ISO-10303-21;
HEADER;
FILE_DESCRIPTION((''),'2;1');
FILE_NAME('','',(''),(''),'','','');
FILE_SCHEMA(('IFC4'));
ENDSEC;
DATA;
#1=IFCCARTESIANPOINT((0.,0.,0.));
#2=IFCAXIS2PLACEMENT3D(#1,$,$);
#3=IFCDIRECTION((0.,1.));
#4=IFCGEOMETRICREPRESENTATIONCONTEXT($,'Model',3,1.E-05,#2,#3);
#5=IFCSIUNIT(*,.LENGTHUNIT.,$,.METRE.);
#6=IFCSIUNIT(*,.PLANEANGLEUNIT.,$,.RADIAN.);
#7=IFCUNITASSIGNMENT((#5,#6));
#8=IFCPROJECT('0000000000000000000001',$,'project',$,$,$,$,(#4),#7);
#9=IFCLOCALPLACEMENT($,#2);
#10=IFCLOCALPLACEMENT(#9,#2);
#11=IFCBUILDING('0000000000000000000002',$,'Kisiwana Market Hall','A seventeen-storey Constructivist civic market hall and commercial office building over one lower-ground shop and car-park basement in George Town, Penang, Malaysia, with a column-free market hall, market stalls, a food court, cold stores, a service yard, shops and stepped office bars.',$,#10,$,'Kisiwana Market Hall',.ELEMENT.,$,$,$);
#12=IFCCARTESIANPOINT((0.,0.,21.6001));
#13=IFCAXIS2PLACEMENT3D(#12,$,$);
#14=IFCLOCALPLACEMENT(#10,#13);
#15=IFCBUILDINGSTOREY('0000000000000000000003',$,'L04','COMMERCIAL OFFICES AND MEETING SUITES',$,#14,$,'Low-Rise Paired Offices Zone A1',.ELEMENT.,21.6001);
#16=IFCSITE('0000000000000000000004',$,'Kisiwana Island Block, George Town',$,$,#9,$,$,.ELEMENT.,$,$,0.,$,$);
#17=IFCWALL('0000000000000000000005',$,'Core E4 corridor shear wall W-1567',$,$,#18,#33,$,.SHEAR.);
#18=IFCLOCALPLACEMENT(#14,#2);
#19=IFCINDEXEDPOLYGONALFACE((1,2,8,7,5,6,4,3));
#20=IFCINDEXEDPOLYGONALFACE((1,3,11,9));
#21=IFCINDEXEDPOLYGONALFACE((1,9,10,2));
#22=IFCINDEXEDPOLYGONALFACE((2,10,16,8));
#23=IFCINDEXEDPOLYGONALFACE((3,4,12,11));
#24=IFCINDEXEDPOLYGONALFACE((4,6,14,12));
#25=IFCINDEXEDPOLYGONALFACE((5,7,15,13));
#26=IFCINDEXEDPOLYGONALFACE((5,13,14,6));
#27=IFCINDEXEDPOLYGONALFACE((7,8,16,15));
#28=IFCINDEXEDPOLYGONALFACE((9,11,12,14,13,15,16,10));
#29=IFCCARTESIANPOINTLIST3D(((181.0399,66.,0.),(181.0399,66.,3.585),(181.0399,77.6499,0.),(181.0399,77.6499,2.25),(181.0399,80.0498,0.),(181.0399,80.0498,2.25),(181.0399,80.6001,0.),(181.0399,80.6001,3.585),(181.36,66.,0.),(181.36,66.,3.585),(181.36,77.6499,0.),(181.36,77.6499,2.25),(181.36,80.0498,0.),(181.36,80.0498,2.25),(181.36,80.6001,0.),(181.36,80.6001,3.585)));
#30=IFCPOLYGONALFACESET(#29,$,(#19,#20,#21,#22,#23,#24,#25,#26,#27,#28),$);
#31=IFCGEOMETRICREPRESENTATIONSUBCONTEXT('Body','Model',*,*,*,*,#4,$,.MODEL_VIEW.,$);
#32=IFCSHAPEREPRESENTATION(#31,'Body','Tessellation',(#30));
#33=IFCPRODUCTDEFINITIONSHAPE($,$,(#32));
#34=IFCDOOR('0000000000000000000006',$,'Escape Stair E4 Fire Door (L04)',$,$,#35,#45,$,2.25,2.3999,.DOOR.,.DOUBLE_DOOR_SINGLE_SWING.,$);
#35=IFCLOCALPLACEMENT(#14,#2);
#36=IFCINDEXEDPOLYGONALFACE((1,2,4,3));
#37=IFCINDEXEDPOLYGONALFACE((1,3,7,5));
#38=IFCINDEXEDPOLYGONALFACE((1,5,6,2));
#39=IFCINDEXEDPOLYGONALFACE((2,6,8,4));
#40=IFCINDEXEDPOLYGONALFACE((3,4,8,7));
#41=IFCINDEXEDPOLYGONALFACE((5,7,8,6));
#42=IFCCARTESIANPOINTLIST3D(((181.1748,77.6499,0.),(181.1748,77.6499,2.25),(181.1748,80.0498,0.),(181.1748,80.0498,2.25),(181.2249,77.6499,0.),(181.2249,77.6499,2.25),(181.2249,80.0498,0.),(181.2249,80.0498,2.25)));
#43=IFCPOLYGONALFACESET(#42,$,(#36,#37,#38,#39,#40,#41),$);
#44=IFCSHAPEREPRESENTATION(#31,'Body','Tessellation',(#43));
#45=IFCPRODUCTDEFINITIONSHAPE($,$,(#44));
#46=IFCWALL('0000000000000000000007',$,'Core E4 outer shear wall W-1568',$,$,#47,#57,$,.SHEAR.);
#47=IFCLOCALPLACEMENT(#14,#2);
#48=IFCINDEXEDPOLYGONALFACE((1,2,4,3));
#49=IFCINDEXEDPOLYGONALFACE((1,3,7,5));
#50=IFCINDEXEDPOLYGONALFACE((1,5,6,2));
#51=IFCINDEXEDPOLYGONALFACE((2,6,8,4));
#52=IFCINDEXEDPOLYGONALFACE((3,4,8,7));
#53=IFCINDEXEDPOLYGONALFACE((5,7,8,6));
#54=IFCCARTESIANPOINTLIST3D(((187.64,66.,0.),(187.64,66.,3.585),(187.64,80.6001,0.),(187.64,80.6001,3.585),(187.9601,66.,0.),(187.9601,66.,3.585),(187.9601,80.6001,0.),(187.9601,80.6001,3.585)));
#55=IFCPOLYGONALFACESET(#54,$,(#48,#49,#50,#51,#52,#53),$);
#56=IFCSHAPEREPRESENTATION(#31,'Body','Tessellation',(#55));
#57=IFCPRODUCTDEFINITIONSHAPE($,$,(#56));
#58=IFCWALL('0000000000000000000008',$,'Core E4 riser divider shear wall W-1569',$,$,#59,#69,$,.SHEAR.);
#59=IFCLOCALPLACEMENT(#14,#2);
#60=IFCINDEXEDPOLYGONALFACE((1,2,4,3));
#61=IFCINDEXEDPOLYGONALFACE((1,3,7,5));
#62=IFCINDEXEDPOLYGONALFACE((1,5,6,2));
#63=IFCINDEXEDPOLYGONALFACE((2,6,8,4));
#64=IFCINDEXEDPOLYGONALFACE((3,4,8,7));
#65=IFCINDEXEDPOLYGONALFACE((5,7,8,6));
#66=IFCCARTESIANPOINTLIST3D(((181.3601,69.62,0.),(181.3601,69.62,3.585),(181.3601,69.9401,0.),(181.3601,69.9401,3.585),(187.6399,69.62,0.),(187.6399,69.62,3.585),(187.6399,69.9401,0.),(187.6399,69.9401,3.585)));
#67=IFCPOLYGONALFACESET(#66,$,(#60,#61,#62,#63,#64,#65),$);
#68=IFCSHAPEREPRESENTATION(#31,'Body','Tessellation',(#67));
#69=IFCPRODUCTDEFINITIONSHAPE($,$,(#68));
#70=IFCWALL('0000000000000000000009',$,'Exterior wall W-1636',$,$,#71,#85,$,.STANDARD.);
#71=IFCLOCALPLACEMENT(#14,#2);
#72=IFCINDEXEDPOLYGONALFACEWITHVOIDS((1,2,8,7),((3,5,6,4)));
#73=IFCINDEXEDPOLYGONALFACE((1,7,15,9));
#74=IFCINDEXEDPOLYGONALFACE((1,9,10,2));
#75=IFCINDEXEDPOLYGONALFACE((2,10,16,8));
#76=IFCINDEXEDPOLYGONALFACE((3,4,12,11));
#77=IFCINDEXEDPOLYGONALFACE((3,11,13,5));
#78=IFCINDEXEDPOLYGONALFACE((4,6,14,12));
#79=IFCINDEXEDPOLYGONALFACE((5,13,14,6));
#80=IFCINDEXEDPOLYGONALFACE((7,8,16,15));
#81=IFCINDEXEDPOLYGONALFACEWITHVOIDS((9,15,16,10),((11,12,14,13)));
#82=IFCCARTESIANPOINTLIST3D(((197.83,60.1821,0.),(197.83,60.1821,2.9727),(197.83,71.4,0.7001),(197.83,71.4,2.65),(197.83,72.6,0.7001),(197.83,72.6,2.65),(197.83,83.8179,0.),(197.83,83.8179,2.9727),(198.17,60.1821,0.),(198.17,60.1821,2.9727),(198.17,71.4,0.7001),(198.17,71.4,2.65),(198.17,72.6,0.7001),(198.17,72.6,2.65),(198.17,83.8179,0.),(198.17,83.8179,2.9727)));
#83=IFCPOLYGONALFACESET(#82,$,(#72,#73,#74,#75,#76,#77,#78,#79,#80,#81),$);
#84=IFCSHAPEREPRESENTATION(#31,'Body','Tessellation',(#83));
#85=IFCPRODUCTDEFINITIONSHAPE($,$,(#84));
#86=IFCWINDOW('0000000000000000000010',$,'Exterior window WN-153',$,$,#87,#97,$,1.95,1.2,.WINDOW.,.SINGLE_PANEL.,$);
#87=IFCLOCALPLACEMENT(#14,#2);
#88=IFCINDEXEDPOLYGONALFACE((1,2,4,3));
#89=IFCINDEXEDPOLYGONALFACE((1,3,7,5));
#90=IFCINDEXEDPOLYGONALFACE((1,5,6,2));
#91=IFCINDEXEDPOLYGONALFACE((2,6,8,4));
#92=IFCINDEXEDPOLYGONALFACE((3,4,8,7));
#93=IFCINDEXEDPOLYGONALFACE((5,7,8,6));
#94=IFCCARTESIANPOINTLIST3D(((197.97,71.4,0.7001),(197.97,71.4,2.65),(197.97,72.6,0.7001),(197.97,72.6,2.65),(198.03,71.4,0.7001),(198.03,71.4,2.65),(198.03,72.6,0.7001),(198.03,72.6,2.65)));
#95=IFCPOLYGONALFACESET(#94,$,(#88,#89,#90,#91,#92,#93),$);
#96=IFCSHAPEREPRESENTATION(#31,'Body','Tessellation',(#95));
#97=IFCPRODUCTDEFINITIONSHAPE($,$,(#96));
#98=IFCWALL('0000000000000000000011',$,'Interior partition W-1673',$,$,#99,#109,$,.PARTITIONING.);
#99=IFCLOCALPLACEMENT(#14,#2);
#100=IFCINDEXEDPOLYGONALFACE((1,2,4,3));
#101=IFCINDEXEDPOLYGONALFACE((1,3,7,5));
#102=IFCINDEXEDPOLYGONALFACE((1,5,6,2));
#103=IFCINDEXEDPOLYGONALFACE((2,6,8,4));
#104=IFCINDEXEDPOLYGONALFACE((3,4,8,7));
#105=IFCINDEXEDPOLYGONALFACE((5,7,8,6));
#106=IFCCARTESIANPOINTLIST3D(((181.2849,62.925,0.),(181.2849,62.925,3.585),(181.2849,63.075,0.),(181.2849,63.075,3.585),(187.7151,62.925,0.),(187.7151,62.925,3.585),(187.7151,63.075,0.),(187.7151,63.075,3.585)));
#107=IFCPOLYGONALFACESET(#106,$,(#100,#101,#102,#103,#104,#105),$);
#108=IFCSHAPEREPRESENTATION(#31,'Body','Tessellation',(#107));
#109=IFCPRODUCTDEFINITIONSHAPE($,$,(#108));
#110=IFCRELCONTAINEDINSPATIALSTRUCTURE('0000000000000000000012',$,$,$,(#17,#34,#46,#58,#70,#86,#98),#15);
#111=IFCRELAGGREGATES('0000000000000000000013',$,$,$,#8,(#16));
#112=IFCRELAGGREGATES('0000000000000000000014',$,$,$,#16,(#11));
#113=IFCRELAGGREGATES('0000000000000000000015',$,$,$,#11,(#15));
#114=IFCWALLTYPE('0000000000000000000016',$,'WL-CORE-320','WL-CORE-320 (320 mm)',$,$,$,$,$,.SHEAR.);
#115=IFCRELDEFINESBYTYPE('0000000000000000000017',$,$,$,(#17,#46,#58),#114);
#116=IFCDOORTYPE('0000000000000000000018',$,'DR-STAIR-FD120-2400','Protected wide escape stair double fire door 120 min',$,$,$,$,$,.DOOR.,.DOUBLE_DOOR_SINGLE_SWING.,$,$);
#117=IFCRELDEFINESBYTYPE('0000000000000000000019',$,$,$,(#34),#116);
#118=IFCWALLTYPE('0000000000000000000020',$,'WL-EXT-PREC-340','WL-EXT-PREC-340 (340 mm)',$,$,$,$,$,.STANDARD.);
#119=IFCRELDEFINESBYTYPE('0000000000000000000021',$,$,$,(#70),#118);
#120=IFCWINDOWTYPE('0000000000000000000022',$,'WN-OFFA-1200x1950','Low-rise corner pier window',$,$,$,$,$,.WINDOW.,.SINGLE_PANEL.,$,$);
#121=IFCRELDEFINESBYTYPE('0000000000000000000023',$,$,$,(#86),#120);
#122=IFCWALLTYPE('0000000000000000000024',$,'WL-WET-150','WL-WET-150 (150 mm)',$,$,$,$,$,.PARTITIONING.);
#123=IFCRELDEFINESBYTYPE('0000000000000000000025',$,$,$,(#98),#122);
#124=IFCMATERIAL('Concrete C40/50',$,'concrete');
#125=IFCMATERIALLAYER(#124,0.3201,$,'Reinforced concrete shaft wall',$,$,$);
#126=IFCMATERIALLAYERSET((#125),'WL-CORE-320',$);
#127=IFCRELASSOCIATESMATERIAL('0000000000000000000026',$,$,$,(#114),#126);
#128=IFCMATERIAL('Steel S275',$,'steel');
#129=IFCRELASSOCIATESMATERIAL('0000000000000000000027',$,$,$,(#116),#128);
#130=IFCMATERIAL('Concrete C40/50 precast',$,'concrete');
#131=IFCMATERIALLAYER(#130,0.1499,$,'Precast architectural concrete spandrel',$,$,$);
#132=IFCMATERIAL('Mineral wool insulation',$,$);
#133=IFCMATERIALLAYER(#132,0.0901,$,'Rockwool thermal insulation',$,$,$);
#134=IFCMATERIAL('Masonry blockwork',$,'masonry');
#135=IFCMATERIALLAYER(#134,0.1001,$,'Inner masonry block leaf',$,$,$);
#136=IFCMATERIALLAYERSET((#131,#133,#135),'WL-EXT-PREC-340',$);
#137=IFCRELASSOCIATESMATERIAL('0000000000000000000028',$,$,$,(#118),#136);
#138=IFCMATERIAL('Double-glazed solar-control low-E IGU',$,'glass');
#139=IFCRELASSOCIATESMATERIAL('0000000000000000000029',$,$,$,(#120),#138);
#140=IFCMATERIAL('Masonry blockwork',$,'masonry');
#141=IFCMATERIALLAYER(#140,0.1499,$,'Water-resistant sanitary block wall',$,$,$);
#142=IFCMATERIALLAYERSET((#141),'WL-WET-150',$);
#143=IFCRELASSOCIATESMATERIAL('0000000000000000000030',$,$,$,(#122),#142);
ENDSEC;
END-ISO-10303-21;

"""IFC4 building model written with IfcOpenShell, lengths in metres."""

from ifc_helpers import new_model, si_unit, direction, frame, frame_2d, origin, place, context, subcontext, project, spatial, rectangle, extrude, material, layer, layer_set, type_object, element, fill, save


model = new_model("IFC4")

# Units and contexts
model_context = context("Model", 3, precision=1e-05, world=origin(), true_north=direction((0.0, 1.0)))
body_context = subcontext(model_context, "Body", "Model", "MODEL_VIEW")
ifc_project = project(units=[si_unit("LENGTHUNIT", "METRE"), si_unit("PLANEANGLEUNIT", "RADIAN")], contexts=[model_context])

# Site, building, storey
site_placement = place(None, origin())
site = spatial("IfcSite", under=ifc_project, at=site_placement, Name="Kisiwana Island Block, George Town", CompositionType="ELEMENT", RefElevation=0.0)
building_placement = place(site_placement, origin())
building = spatial("IfcBuilding", under=site, at=building_placement, Name="Kisiwana Market Hall", Description="A seventeen-storey Constructivist civic market hall and commercial office building over one lower-ground shop and car-park basement in George Town, Penang, Malaysia, with a column-free market hall, market stalls, a food court, cold stores, a service yard, shops and stepped office bars.", LongName="Kisiwana Market Hall", CompositionType="ELEMENT")
storey_placement = place(building_placement, frame((0.0, 0.0, 21.6001)))
storey = spatial("IfcBuildingStorey", under=building, at=storey_placement, Name="L04", Description="COMMERCIAL OFFICES AND MEETING SUITES", LongName="Low-Rise Paired Offices Zone A1", CompositionType="ELEMENT", Elevation=21.6001)

# Shared definitions
ifc_material_1 = material(Name="Concrete C40/50", Category="concrete")
ifc_layer_1 = layer(ifc_material_1, 0.3201, Name="Reinforced concrete shaft wall")
ifc_layer_set_1 = layer_set([ifc_layer_1], Name="WL-CORE-320")
wall_type_1 = type_object("IfcWallType", Name="WL-CORE-320", Description="WL-CORE-320 (320 mm)", PredefinedType="SHEAR", material=ifc_layer_set_1)

# Wall, opening, door
wall_1_placement = place(storey_placement, frame((181.2, 66.0, 0.0), z_axis=(0.0, 0.0, 1.0), x_axis=(0.0, 1.0, 0.0)))
wall_1 = element("IfcWall", 1, at=wall_1_placement, inside=storey, type_object=wall_type_1, Name="Core E4 corridor shear wall W-1567", PredefinedType="SHEAR", context=body_context, shape_type="SweptSolid", body=[
    extrude(rectangle(XDim=14.6001, YDim=0.3201, at=frame_2d((7.3, 0.0))), origin(), (0.0, 0.0, 1.0), 3.585),
])
opening_1_placement = place(wall_1_placement, frame((11.6499, 0.0, 0.0)))
opening_1 = element("IfcOpeningElement", 2, at=opening_1_placement, cuts=wall_1, PredefinedType="OPENING", context=body_context, shape_type="SweptSolid", body=[
    extrude(rectangle(XDim=2.3999, YDim=2.25, at=frame_2d((1.2, 1.125))), frame((0.0, 0.1719, 0.0), z_axis=(0.0, -1.0, 0.0), x_axis=(1.0, 0.0, 0.0)), (0.0, 0.0, 1.0), 0.344),
])
ifc_material_2 = material(Name="Steel S275", Category="steel")
door_type = type_object("IfcDoorType", Name="DR-STAIR-FD120-2400", Description="Protected wide escape stair double fire door 120 min", OperationType="DOUBLE_DOOR_SINGLE_SWING", PredefinedType="DOOR", material=ifc_material_2)
door_placement = place(opening_1_placement, frame((2.3999, 0.0, 0.0), z_axis=(0.0, 0.0, 1.0), x_axis=(-1.0, 0.0, 0.0)))
door = element("IfcDoor", 3, at=door_placement, inside=storey, type_object=door_type, Name="Escape Stair E4 Fire Door (L04)", OperationType="DOUBLE_DOOR_SINGLE_SWING", OverallHeight=2.25, OverallWidth=2.3999, PredefinedType="DOOR", context=body_context, shape_type="SweptSolid", body=[
    extrude(rectangle(XDim=2.3999, YDim=2.25, at=frame_2d((1.2, 1.125))), frame((0.0, 0.0249, 0.0), z_axis=(0.0, -1.0, 0.0), x_axis=(1.0, 0.0, 0.0)), (0.0, 0.0, 1.0), 0.05),
])
fill(opening_1, door)

# Walls
wall_2_placement = place(storey_placement, frame((187.8, 66.0, 0.0), z_axis=(0.0, 0.0, 1.0), x_axis=(0.0, 1.0, 0.0)))
element("IfcWall", 4, at=wall_2_placement, inside=storey, type_object=wall_type_1, Name="Core E4 outer shear wall W-1568", PredefinedType="SHEAR", context=body_context, shape_type="SweptSolid", body=[
    extrude(rectangle(XDim=14.6001, YDim=0.3201, at=frame_2d((7.3, 0.0))), origin(), (0.0, 0.0, 1.0), 3.585),
])
wall_3_placement = place(storey_placement, frame((181.3601, 69.78, 0.0), z_axis=(0.0, 0.0, 1.0), x_axis=(1.0, 0.0, 0.0)))
element("IfcWall", 5, at=wall_3_placement, inside=storey, type_object=wall_type_1, Name="Core E4 riser divider shear wall W-1569", PredefinedType="SHEAR", context=body_context, shape_type="SweptSolid", body=[
    extrude(rectangle(XDim=6.2798, YDim=0.3201, at=frame_2d((3.1399, 0.0))), origin(), (0.0, 0.0, 1.0), 3.585),
])

# Wall, opening, window
ifc_material_3 = material(Name="Concrete C40/50 precast", Category="concrete")
ifc_layer_2 = layer(ifc_material_3, 0.1499, Name="Precast architectural concrete spandrel")
ifc_material_4 = material(Name="Mineral wool insulation")
ifc_layer_3 = layer(ifc_material_4, 0.0901, Name="Rockwool thermal insulation")
ifc_material_5 = material(Name="Masonry blockwork", Category="masonry")
ifc_layer_4 = layer(ifc_material_5, 0.1001, Name="Inner masonry block leaf")
ifc_layer_set_2 = layer_set([ifc_layer_2, ifc_layer_3, ifc_layer_4], Name="WL-EXT-PREC-340")
wall_type_2 = type_object("IfcWallType", Name="WL-EXT-PREC-340", Description="WL-EXT-PREC-340 (340 mm)", PredefinedType="STANDARD", material=ifc_layer_set_2)
wall_4_placement = place(storey_placement, frame((198.0, 60.1821, 0.0), z_axis=(0.0, 0.0, 1.0), x_axis=(0.0, 1.0, 0.0)))
wall_4 = element("IfcWall", 6, at=wall_4_placement, inside=storey, type_object=wall_type_2, Name="Exterior wall W-1636", PredefinedType="STANDARD", context=body_context, shape_type="SweptSolid", body=[
    extrude(rectangle(XDim=23.6357, YDim=0.3401, at=frame_2d((11.8179, 0.0))), origin(), (0.0, 0.0, 1.0), 2.9727),
])
opening_2_placement = place(wall_4_placement, frame((11.2178, 0.0, 0.7)))
opening_2 = element("IfcOpeningElement", 7, at=opening_2_placement, cuts=wall_4, PredefinedType="OPENING", context=body_context, shape_type="SweptSolid", body=[
    extrude(rectangle(XDim=1.2, YDim=1.95, at=frame_2d((0.6001, 0.9751))), frame((0.0, 0.1821, 0.0), z_axis=(0.0, -1.0, 0.0), x_axis=(1.0, 0.0, 0.0)), (0.0, 0.0, 1.0), 0.364),
])
ifc_material_6 = material(Name="Double-glazed solar-control low-E IGU", Category="glass")
window_type = type_object("IfcWindowType", Name="WN-OFFA-1200x1950", Description="Low-rise corner pier window", PartitioningType="SINGLE_PANEL", PredefinedType="WINDOW", material=ifc_material_6)
window_placement = place(opening_2_placement, origin())
window = element("IfcWindow", 8, at=window_placement, inside=storey, type_object=window_type, Name="Exterior window WN-153", OverallHeight=1.95, OverallWidth=1.2, PartitioningType="SINGLE_PANEL", PredefinedType="WINDOW", context=body_context, shape_type="SweptSolid", body=[
    extrude(rectangle(XDim=1.2, YDim=1.95, at=frame_2d((0.6001, 0.9751))), frame((0.0, 0.03, 0.0), z_axis=(0.0, -1.0, 0.0), x_axis=(1.0, 0.0, 0.0)), (0.0, 0.0, 1.0), 0.0601),
])
fill(opening_2, window)

# Wall
ifc_material_7 = material(Name="Masonry blockwork", Category="masonry")
ifc_layer_5 = layer(ifc_material_7, 0.1499, Name="Water-resistant sanitary block wall")
ifc_layer_set_3 = layer_set([ifc_layer_5], Name="WL-WET-150")
wall_type_3 = type_object("IfcWallType", Name="WL-WET-150", Description="WL-WET-150 (150 mm)", PredefinedType="PARTITIONING", material=ifc_layer_set_3)
wall_5_placement = place(storey_placement, frame((181.2849, 63.0, 0.0), z_axis=(0.0, 0.0, 1.0), x_axis=(1.0, 0.0, 0.0)))
element("IfcWall", 9, at=wall_5_placement, inside=storey, type_object=wall_type_3, Name="Interior partition W-1673", PredefinedType="PARTITIONING", context=body_context, shape_type="SweptSolid", body=[
    extrude(rectangle(XDim=6.4302, YDim=0.1499, at=frame_2d((3.2151, 0.0))), origin(), (0.0, 0.0, 1.0), 3.585),
])

save(model, "model.ifc")
